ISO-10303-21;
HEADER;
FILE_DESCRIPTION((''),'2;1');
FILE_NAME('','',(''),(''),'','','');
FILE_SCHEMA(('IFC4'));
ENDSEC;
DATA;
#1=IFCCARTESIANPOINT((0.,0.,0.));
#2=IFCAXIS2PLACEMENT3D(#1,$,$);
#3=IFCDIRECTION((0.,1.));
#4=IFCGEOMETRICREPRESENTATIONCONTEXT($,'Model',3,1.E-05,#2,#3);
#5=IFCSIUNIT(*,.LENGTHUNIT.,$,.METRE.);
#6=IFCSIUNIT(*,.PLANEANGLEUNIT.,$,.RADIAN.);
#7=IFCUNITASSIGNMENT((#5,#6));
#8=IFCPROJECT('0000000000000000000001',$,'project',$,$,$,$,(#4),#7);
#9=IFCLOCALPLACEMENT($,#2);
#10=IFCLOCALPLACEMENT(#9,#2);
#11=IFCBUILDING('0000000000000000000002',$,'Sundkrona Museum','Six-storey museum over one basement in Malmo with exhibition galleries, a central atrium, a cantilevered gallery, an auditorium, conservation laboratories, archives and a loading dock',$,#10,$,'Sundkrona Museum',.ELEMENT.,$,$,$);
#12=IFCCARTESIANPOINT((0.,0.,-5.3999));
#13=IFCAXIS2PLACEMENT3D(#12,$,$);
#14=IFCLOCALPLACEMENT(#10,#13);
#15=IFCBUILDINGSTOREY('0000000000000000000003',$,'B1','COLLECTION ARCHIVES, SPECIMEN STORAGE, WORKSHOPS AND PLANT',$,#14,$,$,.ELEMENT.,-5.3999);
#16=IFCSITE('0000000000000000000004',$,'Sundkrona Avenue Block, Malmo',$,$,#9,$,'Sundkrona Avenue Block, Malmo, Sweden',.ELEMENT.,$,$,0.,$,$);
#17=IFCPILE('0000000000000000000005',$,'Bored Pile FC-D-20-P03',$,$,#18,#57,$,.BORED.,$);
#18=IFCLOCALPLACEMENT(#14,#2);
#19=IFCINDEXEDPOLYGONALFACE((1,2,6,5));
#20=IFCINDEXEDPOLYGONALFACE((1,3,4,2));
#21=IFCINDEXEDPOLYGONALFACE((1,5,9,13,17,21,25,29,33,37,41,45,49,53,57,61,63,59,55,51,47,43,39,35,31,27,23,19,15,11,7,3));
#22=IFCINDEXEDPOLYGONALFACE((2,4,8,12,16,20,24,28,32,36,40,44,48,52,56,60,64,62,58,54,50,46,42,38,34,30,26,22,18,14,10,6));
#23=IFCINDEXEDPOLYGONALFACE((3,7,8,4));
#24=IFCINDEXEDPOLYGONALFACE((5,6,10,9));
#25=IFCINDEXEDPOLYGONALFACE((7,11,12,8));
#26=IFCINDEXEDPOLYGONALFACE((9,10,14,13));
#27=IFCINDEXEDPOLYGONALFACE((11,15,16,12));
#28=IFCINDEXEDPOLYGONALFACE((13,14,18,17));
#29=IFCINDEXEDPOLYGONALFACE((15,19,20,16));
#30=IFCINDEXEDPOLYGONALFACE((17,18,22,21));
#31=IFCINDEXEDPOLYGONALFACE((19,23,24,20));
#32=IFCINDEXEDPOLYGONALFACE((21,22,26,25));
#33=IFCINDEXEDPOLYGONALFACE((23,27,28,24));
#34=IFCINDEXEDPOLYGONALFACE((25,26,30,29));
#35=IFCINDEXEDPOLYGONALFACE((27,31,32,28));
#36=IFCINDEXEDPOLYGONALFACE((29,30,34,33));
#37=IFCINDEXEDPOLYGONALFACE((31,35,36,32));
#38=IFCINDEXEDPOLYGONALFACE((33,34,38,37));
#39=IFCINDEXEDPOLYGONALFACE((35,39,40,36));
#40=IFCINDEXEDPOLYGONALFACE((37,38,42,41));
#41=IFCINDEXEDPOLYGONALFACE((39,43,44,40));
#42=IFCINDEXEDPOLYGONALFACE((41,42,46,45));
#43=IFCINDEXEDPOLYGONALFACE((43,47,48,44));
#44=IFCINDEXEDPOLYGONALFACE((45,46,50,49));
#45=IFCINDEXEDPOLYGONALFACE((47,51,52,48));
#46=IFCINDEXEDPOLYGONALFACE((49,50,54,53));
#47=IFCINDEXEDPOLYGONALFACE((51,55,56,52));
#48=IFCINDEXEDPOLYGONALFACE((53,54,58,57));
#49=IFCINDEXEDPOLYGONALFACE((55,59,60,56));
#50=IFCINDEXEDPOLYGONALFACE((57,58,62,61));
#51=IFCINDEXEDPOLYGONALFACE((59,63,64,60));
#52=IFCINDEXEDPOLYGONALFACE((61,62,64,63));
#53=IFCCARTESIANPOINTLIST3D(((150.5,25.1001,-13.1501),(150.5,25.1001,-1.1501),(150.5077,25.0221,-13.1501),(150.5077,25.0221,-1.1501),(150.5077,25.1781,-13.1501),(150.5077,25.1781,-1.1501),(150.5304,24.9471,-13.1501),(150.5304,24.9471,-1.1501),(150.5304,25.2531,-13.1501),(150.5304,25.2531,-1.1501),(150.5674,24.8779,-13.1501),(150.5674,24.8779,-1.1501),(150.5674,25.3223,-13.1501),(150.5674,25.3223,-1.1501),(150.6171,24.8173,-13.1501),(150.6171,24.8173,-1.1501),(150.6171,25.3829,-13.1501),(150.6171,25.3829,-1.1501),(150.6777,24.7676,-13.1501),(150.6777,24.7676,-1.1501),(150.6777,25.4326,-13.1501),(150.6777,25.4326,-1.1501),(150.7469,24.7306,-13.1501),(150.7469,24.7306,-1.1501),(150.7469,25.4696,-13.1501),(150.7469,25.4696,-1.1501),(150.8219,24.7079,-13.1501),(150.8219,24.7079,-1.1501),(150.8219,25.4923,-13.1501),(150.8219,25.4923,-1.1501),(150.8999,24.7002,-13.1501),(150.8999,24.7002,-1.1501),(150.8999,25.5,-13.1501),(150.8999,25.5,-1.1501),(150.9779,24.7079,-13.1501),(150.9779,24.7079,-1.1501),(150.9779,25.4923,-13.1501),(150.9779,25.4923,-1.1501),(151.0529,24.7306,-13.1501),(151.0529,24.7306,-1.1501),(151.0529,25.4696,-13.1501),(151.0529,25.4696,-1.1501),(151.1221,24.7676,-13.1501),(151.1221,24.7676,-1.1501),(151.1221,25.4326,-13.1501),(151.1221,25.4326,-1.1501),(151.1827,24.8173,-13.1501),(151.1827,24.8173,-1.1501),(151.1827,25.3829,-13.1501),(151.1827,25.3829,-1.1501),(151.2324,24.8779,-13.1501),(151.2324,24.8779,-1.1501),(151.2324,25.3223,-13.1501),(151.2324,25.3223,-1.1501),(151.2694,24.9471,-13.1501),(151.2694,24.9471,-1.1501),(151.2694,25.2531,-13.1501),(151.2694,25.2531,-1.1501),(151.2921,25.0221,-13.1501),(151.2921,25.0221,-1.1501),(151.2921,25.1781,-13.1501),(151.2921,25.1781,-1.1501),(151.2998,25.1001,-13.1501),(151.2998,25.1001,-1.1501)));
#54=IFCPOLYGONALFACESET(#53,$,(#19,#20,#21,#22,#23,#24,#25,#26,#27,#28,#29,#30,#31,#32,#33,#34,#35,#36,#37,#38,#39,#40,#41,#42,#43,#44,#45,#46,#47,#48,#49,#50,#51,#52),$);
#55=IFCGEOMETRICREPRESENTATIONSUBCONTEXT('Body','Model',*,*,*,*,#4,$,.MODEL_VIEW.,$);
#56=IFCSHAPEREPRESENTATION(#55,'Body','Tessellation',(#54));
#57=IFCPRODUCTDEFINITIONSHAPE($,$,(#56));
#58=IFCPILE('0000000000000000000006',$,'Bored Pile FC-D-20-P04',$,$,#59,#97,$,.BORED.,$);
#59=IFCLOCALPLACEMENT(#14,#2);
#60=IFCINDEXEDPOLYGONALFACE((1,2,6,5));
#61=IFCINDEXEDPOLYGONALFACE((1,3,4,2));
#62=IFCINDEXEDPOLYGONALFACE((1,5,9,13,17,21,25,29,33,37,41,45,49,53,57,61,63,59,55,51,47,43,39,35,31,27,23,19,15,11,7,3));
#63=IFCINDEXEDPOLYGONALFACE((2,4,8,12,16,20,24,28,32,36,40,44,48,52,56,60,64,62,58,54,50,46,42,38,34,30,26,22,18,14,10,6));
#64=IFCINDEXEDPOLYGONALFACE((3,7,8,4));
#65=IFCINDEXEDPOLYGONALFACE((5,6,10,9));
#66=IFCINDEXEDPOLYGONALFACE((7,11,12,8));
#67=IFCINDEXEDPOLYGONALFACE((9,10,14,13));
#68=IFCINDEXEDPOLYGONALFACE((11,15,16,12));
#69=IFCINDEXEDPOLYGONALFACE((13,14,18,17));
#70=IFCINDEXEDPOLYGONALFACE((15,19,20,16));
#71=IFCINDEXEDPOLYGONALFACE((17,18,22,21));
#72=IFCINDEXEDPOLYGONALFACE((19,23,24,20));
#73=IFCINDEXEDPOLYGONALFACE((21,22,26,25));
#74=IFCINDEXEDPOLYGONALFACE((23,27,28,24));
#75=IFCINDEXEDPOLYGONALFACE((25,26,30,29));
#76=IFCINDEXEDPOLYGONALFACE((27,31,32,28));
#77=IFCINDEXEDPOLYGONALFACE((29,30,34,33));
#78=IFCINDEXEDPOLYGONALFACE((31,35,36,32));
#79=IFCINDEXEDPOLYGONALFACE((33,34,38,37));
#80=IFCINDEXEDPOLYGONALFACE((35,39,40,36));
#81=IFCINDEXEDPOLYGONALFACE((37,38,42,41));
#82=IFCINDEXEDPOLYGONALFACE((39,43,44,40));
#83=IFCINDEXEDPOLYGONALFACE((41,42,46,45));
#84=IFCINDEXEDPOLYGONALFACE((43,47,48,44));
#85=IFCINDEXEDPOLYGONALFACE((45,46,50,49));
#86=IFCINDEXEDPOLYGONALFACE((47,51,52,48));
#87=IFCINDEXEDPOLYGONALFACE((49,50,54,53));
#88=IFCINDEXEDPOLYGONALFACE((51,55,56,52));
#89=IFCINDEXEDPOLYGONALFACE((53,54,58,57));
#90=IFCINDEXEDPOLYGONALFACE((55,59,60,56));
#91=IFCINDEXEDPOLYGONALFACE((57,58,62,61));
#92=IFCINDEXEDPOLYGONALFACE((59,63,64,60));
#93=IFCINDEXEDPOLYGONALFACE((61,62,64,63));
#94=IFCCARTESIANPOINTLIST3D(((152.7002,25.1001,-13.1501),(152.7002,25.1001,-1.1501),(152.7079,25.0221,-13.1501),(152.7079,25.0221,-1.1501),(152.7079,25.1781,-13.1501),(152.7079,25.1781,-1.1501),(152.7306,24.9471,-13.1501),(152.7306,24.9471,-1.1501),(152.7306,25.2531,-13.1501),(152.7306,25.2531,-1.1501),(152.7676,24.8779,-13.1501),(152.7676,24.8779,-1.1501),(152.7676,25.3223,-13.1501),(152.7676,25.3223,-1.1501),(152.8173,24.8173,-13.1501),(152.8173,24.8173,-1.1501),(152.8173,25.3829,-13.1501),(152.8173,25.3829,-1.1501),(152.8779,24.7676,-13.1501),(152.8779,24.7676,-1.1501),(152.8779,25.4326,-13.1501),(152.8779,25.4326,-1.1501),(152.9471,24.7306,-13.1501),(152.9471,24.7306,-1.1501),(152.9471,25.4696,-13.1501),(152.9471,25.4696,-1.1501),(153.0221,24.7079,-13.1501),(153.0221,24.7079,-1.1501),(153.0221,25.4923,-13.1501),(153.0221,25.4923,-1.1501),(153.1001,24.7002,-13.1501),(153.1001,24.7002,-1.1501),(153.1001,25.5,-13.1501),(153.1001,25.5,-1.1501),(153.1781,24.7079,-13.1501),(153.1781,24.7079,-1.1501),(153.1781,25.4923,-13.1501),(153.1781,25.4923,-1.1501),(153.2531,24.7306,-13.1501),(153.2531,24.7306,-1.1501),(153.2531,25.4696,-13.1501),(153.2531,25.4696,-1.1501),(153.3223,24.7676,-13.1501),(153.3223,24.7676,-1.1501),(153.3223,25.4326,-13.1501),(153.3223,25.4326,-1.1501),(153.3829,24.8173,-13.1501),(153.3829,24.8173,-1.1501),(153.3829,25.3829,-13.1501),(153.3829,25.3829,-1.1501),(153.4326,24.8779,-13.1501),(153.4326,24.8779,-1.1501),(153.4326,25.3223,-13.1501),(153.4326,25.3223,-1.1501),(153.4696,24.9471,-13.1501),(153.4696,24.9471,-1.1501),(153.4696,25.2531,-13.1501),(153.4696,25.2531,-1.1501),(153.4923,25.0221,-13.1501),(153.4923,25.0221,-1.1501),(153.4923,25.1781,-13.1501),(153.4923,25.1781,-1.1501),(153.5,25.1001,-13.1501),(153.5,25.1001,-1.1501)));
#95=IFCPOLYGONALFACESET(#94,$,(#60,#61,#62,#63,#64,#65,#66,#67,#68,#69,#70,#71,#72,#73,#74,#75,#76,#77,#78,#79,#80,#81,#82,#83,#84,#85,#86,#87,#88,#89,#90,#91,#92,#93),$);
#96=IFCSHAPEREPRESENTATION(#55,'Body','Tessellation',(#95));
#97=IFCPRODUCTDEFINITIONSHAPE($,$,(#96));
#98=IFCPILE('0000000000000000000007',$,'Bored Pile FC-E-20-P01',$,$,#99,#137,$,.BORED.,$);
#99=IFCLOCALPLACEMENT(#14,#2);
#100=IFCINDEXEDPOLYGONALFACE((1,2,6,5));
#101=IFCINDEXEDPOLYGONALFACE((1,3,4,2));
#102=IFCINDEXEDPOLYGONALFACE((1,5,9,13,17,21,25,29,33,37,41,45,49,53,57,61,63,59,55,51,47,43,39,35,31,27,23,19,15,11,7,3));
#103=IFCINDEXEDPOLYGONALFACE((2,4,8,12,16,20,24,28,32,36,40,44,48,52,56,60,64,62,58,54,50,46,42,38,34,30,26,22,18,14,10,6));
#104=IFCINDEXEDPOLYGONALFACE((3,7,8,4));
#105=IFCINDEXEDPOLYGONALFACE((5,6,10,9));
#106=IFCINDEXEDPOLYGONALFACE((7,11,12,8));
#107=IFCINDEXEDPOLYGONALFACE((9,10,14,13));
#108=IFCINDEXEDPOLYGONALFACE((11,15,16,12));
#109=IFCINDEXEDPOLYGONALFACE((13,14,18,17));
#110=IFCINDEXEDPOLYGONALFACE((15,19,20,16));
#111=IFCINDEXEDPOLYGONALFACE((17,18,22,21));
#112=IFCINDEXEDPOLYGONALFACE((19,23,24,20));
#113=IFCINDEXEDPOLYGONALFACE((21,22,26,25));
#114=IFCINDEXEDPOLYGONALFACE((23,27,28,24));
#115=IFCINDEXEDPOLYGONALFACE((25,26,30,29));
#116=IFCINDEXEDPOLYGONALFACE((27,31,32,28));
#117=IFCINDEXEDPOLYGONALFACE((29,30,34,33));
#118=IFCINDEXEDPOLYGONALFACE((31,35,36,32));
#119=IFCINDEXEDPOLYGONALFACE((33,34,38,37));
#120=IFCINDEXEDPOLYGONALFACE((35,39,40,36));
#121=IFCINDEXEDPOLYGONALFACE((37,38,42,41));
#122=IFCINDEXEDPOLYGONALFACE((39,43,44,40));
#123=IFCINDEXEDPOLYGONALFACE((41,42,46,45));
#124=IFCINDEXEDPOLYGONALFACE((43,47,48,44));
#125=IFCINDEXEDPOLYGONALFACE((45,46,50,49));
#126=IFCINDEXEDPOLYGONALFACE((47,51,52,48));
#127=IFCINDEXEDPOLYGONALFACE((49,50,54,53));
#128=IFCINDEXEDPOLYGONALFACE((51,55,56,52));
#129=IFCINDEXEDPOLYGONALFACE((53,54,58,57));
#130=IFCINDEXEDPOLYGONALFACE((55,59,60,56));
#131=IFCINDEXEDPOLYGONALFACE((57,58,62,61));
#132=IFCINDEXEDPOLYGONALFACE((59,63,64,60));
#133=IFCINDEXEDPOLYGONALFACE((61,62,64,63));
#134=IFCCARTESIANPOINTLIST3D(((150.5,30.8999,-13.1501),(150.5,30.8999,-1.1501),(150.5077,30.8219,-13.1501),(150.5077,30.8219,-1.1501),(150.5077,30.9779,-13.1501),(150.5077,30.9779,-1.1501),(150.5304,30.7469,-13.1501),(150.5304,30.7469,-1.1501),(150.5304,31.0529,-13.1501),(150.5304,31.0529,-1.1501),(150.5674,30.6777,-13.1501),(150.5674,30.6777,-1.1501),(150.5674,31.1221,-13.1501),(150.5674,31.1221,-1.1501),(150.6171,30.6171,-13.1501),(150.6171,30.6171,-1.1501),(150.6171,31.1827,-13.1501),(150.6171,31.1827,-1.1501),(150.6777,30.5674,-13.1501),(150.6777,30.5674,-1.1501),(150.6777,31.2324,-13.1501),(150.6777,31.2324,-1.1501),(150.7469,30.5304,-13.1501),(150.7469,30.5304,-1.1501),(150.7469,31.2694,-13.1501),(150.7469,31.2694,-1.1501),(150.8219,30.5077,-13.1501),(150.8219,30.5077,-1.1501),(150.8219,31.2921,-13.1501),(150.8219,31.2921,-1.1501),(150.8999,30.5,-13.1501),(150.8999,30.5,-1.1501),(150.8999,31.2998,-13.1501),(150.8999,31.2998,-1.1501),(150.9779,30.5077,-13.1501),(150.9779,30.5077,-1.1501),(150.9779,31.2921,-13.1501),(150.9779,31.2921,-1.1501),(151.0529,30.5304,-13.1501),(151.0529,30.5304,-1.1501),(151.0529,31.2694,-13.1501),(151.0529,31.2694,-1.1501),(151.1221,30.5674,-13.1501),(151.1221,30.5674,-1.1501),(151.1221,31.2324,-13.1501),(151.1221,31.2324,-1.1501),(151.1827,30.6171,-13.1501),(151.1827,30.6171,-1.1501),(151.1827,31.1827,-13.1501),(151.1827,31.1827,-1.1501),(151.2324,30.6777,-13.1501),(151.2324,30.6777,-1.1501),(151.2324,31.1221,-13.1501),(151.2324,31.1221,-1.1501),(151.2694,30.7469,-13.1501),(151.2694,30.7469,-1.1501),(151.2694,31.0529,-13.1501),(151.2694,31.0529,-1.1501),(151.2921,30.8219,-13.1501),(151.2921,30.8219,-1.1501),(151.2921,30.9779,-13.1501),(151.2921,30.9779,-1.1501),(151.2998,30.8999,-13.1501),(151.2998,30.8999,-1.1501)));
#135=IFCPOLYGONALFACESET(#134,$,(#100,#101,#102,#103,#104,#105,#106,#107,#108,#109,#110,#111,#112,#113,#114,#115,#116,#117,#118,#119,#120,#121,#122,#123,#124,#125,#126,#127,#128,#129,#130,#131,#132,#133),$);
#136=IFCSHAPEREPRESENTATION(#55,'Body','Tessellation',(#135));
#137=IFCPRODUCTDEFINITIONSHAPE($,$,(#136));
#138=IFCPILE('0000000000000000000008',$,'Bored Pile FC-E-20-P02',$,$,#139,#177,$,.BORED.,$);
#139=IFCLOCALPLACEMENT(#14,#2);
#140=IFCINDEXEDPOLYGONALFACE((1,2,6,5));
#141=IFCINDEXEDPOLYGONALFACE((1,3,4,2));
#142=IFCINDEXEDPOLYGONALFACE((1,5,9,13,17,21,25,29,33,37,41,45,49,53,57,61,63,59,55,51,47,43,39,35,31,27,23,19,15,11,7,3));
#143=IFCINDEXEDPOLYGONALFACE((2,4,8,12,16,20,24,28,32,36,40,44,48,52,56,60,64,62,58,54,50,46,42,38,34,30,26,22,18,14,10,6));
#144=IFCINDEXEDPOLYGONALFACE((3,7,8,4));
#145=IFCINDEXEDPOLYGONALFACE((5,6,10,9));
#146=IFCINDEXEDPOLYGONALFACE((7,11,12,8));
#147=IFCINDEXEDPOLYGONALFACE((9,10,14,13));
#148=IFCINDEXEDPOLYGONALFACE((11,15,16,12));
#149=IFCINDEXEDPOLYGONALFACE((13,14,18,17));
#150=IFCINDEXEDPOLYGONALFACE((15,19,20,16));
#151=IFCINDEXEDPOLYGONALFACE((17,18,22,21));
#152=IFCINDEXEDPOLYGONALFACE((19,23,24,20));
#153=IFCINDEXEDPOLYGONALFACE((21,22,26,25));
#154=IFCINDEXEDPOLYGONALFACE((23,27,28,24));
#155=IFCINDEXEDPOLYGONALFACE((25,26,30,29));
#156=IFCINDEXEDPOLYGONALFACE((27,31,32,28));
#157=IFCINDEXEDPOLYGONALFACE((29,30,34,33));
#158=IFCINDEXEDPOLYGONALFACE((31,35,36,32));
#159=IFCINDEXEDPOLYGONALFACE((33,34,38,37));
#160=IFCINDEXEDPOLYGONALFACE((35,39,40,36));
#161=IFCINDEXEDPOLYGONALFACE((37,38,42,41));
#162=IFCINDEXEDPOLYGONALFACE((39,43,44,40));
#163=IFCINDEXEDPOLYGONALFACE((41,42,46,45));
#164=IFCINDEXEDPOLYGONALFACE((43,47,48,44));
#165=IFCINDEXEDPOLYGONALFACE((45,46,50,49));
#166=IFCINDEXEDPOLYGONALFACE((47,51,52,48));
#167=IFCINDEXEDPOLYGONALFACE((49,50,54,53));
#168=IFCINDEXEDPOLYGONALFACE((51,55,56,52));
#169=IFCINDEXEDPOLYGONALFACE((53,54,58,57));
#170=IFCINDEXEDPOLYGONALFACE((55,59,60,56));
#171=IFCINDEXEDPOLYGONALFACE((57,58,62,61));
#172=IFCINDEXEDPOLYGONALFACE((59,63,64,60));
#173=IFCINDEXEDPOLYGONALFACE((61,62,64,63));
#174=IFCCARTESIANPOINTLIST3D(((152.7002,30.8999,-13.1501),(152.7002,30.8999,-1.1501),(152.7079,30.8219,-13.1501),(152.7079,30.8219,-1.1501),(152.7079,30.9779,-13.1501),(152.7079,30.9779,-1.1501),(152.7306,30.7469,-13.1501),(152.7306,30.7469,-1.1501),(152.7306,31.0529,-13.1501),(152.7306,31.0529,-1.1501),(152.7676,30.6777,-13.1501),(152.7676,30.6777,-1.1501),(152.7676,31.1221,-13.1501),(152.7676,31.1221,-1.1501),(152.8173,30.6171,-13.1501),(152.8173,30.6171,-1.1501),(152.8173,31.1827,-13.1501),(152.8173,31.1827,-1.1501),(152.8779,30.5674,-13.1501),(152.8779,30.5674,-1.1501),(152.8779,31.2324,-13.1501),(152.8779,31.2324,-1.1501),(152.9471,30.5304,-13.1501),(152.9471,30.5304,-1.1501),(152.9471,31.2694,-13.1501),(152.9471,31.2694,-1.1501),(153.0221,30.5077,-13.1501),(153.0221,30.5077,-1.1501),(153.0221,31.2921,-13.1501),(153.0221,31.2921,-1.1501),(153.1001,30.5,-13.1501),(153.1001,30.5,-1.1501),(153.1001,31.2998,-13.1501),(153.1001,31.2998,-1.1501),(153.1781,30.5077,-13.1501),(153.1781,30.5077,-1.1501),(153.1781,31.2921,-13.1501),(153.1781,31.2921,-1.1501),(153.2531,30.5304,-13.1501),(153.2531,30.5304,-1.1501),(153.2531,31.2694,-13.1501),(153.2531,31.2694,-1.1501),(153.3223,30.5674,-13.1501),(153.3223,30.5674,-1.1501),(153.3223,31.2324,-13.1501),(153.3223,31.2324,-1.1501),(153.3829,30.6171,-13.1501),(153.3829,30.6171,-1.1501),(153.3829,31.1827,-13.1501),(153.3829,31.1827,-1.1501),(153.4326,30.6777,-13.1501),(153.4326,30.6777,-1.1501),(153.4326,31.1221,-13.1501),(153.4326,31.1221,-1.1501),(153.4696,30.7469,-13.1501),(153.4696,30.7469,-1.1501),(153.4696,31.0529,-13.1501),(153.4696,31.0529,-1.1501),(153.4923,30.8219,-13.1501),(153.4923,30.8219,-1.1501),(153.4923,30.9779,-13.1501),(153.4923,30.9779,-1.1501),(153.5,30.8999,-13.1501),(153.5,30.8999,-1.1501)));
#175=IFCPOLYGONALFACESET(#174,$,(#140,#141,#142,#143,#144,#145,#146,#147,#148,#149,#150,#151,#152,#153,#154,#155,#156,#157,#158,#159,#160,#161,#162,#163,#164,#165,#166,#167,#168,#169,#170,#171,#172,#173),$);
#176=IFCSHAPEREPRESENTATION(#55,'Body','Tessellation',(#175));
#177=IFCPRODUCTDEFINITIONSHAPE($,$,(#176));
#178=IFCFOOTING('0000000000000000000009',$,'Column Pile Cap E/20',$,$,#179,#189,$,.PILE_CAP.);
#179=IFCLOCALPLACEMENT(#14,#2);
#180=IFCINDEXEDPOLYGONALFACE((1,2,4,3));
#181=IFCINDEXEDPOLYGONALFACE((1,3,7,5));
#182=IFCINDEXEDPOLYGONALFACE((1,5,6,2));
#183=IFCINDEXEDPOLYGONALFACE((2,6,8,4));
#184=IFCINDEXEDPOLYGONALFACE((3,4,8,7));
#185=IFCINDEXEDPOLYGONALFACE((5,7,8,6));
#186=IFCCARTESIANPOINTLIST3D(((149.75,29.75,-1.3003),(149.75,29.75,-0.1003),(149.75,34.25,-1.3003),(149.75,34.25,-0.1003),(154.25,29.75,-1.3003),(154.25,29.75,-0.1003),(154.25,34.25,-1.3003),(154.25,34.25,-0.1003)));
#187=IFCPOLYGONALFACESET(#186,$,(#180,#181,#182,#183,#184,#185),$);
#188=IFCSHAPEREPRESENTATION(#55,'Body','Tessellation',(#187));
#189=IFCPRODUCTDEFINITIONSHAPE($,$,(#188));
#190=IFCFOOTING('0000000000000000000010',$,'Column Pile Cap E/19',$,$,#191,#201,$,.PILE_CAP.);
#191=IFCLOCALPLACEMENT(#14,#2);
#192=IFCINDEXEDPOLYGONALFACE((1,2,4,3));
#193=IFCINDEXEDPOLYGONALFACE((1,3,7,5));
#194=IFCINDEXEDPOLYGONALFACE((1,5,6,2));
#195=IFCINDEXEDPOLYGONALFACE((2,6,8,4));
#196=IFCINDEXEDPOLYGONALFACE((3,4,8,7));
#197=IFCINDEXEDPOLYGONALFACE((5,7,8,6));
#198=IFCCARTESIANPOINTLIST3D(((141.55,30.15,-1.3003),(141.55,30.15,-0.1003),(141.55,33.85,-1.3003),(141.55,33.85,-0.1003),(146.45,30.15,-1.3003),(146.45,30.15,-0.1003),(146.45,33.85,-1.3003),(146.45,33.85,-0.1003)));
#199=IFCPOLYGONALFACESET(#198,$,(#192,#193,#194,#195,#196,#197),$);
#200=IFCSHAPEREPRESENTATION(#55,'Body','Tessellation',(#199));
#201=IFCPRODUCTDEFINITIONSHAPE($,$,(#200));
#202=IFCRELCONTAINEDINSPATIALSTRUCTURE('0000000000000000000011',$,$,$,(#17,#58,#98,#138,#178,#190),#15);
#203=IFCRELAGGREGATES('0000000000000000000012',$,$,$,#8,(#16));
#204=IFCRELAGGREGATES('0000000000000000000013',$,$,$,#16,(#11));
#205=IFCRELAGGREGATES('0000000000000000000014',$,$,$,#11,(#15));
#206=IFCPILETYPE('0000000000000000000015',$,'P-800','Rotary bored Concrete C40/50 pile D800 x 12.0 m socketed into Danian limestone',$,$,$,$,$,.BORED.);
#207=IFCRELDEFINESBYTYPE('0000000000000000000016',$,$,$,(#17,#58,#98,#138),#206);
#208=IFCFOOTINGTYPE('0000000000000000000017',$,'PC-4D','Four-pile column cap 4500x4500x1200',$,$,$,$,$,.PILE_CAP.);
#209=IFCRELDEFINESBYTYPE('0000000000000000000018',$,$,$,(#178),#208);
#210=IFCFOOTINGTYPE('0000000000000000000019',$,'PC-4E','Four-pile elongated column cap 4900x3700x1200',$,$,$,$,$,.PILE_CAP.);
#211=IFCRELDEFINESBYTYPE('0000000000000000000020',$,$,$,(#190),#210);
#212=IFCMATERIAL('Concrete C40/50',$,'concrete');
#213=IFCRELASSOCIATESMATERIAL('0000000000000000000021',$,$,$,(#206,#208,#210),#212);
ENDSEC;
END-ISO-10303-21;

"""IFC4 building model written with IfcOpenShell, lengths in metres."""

from ifc_helpers import new_model, si_unit, direction, frame, origin, origin_2d, place, context, subcontext, project, spatial, rectangle, circle, extrude, material, material_profile, profile_set, type_object, element, save


model = new_model("IFC4")

# Units and contexts
model_context = context("Model", 3, precision=1e-05, world=origin(), true_north=direction((0.0, 1.0)))
body_context = subcontext(model_context, "Body", "Model", "MODEL_VIEW")
ifc_project = project(units=[si_unit("LENGTHUNIT", "METRE"), si_unit("PLANEANGLEUNIT", "RADIAN")], contexts=[model_context])

# Site, building, storey
site_placement = place(None, origin())
site = spatial("IfcSite", under=ifc_project, at=site_placement, Name="Sundkrona Avenue Block, Malmo", LongName="Sundkrona Avenue Block, Malmo, Sweden", CompositionType="ELEMENT", RefElevation=0.0)
building_placement = place(site_placement, origin())
building = spatial("IfcBuilding", under=site, at=building_placement, Name="Sundkrona Museum", Description="Six-storey museum over one basement in Malmo with exhibition galleries, a central atrium, a cantilevered gallery, an auditorium, conservation laboratories, archives and a loading dock", LongName="Sundkrona Museum", CompositionType="ELEMENT")
storey_placement = place(building_placement, frame((0.0, 0.0, -5.3999)))
storey = spatial("IfcBuildingStorey", under=building, at=storey_placement, Name="B1", Description="COLLECTION ARCHIVES, SPECIMEN STORAGE, WORKSHOPS AND PLANT", CompositionType="ELEMENT", Elevation=-5.3999)

# Shared definitions
ifc_material_1 = material(Name="Concrete C40/50", Category="concrete")

# Piles
ifc_material_profile_1 = material_profile(ifc_material_1, circle(Radius=0.3999, at=origin_2d()), Name="PILE D800")
ifc_profile_set_1 = profile_set([ifc_material_profile_1], Name="Concrete C40/50")
pile_type = type_object("IfcPileType", Name="P-800", Description="Rotary bored Concrete C40/50 pile D800 x 12.0 m socketed into Danian limestone", PredefinedType="BORED", material=ifc_profile_set_1)
for number, where, z_axis, x_axis, name in (
    (1, (150.8999, 25.1001, -1.1501), (0.0, 0.0, -1.0), (1.0, 0.0, 0.0), "Bored Pile FC-D-20-P03"),
    (2, (153.1001, 25.1001, -1.1501), (0.0, 0.0, -1.0), (1.0, 0.0, 0.0), "Bored Pile FC-D-20-P04"),
    (3, (150.8999, 30.8999, -1.1501), (0.0, 0.0, -1.0), (1.0, 0.0, 0.0), "Bored Pile FC-E-20-P01"),
    (4, (153.1001, 30.8999, -1.1501), (0.0, 0.0, -1.0), (1.0, 0.0, 0.0), "Bored Pile FC-E-20-P02"),
):
    element("IfcPile", number, at=place(storey_placement, frame(where, z_axis=z_axis, x_axis=x_axis)), inside=storey, type_object=pile_type, Name=name, PredefinedType="BORED", context=body_context, shape_type="SweptSolid", body=[
        extrude(circle(Radius=0.3999, at=origin_2d()), origin(), (0.0, 0.0, 1.0), 12.0),
    ])

# Footings
footing_type_1 = type_object("IfcFootingType", Name="PC-4D", Description="Four-pile column cap 4500x4500x1200", PredefinedType="PILE_CAP", material=ifc_material_1)
footing_1_placement = place(storey_placement, frame((152.0, 32.0, -1.3003), z_axis=(0.0, 0.0, 1.0), x_axis=(1.0, 0.0, 0.0)))
element("IfcFooting", 5, at=footing_1_placement, inside=storey, type_object=footing_type_1, Name="Column Pile Cap E/20", PredefinedType="PILE_CAP", context=body_context, shape_type="SweptSolid", body=[
    extrude(rectangle(XDim=4.5, YDim=4.5, at=origin_2d()), origin(), (0.0, 0.0, 1.0), 1.2),
])
footing_type_2 = type_object("IfcFootingType", Name="PC-4E", Description="Four-pile elongated column cap 4900x3700x1200", PredefinedType="PILE_CAP", material=ifc_material_1)
footing_2_placement = place(storey_placement, frame((144.0, 32.0, -1.3003), z_axis=(0.0, 0.0, 1.0), x_axis=(1.0, 0.0, 0.0)))
element("IfcFooting", 6, at=footing_2_placement, inside=storey, type_object=footing_type_2, Name="Column Pile Cap E/19", PredefinedType="PILE_CAP", context=body_context, shape_type="SweptSolid", body=[
    extrude(rectangle(XDim=4.8999, YDim=3.7, at=origin_2d()), origin(), (0.0, 0.0, 1.0), 1.2),
])

save(model, "model.ifc")
